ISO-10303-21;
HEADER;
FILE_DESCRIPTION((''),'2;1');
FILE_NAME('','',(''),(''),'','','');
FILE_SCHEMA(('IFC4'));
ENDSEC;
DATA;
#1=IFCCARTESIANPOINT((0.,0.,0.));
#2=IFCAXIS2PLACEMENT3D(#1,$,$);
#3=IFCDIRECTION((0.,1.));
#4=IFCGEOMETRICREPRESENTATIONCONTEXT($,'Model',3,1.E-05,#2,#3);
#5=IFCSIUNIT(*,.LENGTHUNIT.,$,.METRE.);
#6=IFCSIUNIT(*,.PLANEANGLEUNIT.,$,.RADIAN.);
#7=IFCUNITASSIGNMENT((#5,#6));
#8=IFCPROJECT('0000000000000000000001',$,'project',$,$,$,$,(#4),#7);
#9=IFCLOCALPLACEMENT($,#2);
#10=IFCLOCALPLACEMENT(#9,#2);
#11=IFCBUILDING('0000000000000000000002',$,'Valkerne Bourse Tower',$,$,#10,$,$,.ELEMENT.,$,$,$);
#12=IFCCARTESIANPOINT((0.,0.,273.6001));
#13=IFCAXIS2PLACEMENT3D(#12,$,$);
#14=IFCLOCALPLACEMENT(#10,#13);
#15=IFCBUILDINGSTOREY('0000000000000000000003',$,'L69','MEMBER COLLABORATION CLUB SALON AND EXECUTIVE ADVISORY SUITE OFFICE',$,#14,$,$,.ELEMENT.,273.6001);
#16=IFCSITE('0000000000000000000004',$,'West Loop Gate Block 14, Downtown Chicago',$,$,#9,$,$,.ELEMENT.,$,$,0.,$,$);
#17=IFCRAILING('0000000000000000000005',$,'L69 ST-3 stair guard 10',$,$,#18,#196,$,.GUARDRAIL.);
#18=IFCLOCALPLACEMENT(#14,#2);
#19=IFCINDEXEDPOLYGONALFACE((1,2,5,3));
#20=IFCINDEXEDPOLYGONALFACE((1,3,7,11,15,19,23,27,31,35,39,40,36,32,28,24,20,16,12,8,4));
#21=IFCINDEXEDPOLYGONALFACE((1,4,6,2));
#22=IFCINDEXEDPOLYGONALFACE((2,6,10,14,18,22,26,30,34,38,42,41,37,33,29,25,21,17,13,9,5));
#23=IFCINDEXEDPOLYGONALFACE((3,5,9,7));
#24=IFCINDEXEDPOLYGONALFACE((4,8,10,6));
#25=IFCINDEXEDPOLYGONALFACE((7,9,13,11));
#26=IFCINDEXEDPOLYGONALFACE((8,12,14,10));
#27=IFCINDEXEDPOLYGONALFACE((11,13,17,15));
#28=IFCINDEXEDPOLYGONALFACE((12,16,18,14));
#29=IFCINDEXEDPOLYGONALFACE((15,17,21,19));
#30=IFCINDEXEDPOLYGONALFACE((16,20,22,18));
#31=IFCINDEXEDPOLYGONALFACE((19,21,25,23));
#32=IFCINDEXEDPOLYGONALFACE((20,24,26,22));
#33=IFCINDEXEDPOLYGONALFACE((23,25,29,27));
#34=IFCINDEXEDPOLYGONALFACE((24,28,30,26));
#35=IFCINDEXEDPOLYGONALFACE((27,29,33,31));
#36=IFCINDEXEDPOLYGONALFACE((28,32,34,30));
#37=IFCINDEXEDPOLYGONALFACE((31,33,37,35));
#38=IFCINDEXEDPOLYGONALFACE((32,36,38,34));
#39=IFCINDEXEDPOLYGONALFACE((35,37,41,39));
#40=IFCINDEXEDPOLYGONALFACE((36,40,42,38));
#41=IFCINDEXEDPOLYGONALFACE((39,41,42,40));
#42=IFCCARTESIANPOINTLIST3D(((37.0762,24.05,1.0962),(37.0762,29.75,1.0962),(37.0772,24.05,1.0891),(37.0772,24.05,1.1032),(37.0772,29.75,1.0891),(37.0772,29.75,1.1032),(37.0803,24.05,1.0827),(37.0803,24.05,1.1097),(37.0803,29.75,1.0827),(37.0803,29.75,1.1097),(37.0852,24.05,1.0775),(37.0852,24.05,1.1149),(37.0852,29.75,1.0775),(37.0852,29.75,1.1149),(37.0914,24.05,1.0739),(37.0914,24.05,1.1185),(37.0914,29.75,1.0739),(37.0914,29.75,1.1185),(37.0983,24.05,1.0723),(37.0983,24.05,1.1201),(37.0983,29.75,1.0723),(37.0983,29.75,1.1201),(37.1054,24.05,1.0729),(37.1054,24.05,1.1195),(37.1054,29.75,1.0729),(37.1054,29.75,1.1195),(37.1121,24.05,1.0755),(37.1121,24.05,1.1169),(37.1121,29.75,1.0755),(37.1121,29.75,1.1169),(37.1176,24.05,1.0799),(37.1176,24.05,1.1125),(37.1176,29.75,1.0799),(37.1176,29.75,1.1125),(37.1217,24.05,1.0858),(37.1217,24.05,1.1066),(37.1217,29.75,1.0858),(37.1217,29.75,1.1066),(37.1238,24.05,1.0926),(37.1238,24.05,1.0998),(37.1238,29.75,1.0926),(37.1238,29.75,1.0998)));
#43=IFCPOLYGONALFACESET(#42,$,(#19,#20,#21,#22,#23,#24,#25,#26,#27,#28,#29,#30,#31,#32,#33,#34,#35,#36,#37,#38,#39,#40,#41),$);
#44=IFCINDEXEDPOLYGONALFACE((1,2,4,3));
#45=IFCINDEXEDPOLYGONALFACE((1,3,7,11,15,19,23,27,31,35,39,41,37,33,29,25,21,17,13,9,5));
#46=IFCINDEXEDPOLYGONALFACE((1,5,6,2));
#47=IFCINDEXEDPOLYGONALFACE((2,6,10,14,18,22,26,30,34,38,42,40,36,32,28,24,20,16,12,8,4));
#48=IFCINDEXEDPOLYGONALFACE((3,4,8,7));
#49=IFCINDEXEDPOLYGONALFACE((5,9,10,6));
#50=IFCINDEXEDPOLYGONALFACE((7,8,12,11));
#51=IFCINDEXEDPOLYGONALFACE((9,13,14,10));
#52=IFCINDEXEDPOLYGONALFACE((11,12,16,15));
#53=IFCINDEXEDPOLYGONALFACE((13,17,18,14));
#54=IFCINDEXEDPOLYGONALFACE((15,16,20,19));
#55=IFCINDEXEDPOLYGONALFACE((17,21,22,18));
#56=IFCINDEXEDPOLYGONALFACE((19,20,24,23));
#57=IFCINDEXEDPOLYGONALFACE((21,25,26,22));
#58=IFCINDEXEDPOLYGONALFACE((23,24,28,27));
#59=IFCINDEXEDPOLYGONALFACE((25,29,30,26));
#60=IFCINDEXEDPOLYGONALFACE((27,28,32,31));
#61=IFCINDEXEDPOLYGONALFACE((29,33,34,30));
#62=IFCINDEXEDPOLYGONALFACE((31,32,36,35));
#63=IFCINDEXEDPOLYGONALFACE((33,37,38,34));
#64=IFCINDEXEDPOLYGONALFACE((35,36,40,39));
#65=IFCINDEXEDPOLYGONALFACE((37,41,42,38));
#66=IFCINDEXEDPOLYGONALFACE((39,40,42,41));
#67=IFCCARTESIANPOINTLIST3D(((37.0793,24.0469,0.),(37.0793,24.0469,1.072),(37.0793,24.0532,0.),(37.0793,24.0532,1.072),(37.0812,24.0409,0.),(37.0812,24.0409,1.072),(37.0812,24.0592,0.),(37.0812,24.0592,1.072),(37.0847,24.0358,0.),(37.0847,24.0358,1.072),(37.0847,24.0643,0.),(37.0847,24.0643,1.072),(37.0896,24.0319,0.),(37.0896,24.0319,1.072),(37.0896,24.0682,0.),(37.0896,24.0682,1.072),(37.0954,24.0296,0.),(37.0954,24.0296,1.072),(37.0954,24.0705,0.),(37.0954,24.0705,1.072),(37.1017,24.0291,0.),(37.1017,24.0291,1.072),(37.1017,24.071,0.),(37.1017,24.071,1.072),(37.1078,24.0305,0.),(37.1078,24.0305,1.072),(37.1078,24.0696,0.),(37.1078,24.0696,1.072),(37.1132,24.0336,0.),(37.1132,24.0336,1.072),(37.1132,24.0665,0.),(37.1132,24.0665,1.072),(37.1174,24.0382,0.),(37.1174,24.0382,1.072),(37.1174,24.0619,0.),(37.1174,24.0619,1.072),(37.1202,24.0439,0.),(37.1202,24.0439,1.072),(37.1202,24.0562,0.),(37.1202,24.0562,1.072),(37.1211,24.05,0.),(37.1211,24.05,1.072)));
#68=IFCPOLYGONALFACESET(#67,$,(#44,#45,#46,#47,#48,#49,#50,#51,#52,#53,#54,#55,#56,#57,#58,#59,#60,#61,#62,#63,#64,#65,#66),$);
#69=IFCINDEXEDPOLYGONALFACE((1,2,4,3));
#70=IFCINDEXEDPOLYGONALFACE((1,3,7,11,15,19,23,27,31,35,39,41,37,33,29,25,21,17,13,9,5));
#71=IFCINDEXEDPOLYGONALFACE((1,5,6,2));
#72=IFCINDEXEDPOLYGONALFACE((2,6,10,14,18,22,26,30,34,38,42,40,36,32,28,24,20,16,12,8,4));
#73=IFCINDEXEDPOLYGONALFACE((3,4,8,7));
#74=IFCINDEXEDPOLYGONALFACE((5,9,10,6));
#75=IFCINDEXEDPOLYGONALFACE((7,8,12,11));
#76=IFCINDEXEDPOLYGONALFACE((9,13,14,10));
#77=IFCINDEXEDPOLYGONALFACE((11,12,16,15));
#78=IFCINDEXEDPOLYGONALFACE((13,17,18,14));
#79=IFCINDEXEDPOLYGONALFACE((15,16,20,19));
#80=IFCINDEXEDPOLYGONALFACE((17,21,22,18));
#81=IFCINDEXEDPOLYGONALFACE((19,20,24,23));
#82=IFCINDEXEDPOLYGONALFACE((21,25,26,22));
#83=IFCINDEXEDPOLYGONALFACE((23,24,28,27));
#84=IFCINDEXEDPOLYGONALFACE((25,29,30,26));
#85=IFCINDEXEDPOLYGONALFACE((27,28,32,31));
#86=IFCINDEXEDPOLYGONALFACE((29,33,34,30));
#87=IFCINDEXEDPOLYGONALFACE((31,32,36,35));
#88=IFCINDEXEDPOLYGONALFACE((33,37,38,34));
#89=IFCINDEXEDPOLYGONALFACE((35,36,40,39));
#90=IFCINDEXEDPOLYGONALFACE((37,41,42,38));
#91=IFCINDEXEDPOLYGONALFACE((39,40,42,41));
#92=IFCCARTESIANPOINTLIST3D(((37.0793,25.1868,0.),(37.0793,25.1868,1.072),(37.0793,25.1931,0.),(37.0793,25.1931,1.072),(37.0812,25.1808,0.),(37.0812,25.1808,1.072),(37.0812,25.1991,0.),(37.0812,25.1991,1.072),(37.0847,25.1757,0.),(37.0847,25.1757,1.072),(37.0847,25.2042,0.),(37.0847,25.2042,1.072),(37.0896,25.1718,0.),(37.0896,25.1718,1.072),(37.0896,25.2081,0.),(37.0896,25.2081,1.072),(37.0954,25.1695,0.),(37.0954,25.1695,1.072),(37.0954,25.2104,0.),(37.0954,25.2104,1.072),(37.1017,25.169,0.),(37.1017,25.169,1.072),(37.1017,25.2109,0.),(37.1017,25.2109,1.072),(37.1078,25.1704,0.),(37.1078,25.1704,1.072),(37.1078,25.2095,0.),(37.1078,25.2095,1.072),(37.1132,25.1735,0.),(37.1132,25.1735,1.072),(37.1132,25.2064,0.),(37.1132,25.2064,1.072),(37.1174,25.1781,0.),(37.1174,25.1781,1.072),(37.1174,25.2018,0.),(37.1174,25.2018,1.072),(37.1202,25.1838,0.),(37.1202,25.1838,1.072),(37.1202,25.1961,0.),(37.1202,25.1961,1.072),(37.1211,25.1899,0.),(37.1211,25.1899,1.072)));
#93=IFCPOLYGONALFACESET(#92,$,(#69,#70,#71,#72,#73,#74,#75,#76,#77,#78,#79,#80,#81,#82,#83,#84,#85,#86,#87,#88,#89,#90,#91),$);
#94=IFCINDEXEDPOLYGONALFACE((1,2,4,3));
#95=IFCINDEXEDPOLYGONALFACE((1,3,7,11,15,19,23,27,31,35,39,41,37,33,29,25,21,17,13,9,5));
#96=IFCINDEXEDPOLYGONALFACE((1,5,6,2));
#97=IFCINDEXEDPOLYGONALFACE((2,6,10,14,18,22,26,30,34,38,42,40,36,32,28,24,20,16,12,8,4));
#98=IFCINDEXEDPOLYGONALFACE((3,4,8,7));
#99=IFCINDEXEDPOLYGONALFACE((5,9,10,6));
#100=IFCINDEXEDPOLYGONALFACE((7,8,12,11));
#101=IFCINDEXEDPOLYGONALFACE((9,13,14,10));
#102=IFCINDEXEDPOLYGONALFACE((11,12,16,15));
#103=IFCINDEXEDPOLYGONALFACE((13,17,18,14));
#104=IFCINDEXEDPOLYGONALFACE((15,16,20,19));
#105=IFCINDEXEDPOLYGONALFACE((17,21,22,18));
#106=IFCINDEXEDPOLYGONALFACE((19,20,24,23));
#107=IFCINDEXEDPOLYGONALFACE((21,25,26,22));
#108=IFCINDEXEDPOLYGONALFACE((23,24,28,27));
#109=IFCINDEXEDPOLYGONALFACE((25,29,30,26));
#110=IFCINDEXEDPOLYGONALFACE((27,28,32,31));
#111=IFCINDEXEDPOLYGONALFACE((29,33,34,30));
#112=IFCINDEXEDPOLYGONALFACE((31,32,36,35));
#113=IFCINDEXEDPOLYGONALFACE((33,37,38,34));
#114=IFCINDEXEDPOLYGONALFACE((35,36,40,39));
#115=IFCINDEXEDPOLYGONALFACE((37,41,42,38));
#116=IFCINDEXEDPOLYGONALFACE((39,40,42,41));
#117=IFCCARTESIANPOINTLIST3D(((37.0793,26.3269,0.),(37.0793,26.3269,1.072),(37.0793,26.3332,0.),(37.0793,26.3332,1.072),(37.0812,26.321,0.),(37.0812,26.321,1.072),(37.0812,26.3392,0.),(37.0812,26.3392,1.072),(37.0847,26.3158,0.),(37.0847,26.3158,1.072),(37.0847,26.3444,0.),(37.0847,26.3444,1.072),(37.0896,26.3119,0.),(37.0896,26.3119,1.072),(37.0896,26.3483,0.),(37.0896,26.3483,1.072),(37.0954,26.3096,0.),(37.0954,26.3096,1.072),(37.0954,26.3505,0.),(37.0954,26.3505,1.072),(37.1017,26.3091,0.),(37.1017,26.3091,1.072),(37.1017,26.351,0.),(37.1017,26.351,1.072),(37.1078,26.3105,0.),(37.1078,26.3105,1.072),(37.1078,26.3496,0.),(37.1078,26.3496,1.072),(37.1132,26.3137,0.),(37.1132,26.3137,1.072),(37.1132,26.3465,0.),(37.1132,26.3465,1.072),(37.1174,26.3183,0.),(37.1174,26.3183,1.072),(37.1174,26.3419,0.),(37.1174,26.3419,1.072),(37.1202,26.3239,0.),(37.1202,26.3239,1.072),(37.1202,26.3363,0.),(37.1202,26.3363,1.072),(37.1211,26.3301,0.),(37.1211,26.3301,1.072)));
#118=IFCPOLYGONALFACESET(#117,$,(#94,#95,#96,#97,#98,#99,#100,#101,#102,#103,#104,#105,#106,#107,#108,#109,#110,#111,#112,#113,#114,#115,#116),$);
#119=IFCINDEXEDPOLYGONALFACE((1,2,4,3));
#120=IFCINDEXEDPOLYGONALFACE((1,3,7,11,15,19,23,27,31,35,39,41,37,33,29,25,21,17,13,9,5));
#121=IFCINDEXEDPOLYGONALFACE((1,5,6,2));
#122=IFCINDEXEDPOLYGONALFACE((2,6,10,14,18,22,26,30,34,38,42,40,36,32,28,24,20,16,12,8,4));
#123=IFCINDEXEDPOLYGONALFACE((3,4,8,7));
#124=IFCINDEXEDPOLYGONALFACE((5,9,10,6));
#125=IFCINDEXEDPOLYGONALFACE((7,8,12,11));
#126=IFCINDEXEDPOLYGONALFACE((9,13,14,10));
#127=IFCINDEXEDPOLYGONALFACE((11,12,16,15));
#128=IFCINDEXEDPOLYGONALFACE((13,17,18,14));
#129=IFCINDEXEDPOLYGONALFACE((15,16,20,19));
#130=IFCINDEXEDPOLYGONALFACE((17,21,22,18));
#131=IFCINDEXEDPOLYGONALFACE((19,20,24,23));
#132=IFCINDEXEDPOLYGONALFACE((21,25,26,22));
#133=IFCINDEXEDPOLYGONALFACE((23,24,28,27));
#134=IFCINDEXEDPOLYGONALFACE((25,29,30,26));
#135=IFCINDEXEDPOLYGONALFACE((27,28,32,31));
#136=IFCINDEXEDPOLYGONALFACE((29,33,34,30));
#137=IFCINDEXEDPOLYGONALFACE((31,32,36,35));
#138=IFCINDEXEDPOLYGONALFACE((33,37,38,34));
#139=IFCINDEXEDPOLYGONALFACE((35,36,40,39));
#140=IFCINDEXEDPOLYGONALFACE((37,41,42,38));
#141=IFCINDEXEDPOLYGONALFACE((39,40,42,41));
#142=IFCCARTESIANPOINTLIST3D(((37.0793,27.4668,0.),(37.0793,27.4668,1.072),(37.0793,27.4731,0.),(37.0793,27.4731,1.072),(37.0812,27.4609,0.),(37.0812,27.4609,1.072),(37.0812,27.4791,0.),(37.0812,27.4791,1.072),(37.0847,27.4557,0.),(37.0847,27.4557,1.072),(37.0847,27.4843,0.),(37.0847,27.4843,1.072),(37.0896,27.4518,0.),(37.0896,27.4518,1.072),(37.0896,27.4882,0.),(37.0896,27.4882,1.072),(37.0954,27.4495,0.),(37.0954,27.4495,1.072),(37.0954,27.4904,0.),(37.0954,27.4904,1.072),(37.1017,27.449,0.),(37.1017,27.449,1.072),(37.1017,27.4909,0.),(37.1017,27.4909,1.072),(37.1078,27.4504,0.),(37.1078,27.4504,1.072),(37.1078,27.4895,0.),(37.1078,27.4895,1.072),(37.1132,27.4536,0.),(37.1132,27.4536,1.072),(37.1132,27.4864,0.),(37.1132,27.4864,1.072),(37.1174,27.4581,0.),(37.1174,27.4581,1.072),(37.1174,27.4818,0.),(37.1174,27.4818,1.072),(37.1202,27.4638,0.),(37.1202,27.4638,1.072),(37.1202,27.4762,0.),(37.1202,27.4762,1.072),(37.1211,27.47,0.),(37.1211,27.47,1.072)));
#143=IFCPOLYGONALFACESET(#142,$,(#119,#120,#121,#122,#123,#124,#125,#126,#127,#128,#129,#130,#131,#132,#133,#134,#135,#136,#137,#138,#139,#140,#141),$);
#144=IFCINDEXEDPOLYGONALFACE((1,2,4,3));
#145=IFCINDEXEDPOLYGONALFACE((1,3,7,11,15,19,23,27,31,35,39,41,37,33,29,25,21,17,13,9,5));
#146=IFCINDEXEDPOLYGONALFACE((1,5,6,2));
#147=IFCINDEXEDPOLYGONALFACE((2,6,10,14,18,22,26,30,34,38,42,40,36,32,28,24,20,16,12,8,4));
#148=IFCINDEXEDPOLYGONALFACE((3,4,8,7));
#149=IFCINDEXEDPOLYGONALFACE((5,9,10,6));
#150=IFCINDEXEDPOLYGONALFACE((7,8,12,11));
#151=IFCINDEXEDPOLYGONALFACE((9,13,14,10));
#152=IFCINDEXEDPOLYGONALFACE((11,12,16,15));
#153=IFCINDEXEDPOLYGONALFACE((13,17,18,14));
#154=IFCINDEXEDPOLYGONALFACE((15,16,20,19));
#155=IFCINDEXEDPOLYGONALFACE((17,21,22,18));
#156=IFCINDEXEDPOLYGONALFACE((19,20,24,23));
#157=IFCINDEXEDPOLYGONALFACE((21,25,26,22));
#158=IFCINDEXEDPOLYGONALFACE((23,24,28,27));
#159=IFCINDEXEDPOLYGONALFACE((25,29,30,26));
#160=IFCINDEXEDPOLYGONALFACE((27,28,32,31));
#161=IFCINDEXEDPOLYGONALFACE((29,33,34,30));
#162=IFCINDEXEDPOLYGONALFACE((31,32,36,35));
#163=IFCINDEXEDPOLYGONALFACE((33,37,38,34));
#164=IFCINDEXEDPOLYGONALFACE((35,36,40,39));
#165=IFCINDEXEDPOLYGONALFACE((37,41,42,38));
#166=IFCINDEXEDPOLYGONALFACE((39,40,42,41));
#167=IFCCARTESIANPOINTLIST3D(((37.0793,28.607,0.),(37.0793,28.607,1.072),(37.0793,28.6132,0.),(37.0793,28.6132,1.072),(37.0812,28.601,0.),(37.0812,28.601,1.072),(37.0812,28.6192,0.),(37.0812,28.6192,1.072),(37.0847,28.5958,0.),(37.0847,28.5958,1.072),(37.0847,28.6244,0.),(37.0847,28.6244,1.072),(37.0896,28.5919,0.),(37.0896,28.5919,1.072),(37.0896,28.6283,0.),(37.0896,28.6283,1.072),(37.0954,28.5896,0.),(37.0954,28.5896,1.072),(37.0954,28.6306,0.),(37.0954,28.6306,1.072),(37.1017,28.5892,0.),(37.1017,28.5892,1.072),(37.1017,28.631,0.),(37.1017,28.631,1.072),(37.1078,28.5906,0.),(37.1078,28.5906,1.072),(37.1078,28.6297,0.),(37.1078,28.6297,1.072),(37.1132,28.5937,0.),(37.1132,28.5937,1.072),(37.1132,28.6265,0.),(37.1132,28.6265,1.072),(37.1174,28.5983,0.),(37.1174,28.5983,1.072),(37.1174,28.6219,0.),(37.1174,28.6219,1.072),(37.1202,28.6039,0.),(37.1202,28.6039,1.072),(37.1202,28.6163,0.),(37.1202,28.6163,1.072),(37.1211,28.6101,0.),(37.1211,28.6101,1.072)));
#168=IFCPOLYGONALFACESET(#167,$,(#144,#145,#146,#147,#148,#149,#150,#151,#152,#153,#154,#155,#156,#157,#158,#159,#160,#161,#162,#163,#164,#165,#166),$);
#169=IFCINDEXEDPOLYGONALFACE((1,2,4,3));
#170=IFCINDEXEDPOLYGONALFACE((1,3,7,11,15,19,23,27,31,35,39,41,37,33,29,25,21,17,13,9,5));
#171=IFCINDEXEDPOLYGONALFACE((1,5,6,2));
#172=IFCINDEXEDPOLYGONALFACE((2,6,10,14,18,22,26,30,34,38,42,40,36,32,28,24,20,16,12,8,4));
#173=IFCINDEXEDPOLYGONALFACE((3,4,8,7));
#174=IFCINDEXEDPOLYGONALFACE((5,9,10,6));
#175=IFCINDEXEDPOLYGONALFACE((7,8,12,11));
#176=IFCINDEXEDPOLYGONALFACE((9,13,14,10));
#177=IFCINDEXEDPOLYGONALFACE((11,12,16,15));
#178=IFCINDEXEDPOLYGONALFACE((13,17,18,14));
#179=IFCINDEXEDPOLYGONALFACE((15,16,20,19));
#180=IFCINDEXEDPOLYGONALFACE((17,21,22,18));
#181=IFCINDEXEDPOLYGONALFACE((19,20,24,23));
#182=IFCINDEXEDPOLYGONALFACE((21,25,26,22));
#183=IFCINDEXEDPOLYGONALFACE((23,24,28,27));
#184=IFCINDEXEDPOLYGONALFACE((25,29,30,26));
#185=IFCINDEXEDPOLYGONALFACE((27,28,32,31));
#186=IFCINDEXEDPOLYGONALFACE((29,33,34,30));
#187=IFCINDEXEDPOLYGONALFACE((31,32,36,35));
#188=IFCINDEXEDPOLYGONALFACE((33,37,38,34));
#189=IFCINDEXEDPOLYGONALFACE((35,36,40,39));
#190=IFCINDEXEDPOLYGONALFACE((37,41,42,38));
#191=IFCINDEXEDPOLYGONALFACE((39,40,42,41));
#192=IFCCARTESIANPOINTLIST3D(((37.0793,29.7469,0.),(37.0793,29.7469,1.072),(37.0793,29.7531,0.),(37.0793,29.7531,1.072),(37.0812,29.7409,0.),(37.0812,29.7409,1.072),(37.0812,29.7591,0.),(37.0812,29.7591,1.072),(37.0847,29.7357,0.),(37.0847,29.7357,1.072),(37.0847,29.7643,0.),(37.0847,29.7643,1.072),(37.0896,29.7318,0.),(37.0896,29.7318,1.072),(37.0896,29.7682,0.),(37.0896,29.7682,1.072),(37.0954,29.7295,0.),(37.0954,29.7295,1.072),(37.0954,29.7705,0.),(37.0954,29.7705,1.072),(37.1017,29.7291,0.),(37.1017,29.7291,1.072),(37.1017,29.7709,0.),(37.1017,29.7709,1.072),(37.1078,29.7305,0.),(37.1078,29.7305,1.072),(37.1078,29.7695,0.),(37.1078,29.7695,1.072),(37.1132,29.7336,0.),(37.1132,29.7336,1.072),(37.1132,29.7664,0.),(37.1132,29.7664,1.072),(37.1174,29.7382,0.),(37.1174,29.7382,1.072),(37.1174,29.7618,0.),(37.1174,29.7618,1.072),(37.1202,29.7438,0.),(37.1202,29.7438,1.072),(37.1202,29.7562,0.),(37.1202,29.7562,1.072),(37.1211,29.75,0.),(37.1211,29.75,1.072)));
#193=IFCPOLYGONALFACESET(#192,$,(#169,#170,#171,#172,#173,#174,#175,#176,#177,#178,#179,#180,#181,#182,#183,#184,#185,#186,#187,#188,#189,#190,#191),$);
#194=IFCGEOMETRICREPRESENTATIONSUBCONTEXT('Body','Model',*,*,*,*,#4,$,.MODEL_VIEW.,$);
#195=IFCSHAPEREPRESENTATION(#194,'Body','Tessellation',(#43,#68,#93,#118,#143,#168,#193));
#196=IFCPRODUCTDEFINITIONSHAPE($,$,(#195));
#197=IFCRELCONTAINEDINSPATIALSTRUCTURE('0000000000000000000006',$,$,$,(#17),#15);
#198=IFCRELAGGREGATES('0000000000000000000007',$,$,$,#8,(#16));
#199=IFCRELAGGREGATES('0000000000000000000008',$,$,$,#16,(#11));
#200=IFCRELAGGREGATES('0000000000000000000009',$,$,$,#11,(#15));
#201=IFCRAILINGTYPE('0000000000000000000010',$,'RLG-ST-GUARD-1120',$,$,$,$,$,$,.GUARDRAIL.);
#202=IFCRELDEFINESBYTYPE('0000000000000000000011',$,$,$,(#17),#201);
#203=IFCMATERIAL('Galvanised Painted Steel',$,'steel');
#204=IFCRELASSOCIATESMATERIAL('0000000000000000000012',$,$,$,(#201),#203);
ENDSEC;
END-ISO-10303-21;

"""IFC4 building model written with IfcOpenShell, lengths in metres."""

from ifc_helpers import new_model, si_unit, direction, frame, origin, origin_2d, place, context, subcontext, project, spatial, circle, extrude, material, type_object, element, save


model = new_model("IFC4")

# Units and contexts
model_context = context("Model", 3, precision=1e-05, world=origin(), true_north=direction((0.0, 1.0)))
body_context = subcontext(model_context, "Body", "Model", "MODEL_VIEW")
ifc_project = project(units=[si_unit("LENGTHUNIT", "METRE"), si_unit("PLANEANGLEUNIT", "RADIAN")], contexts=[model_context])

# Site, building, storey
site_placement = place(None, origin())
site = spatial("IfcSite", under=ifc_project, at=site_placement, Name="West Loop Gate Block 14, Downtown Chicago", CompositionType="ELEMENT", RefElevation=0.0)
building_placement = place(site_placement, origin())
building = spatial("IfcBuilding", under=site, at=building_placement, Name="Valkerne Bourse Tower", CompositionType="ELEMENT")
storey_placement = place(building_placement, frame((0.0, 0.0, 273.6001)))
storey = spatial("IfcBuildingStorey", under=building, at=storey_placement, Name="L69", Description="MEMBER COLLABORATION CLUB SALON AND EXECUTIVE ADVISORY SUITE OFFICE", CompositionType="ELEMENT", Elevation=273.6001)

# Railing
ifc_material_1 = material(Name="Galvanised Painted Steel", Category="steel")
railing_type_1 = type_object("IfcRailingType", Name="RLG-ST-GUARD-1120", PredefinedType="GUARDRAIL", material=ifc_material_1)
railing_1_placement = place(storey_placement, frame((37.1001, 24.05, 0.0)))
element("IfcRailing", 1, at=railing_1_placement, inside=storey, type_object=railing_type_1, Name="L69 ST-3 stair guard 10", PredefinedType="GUARDRAIL", context=body_context, shape_type="SweptSolid", body=[
    extrude(circle(Radius=0.0239, at=origin_2d()), frame((0.0, 0.0, 1.0962), z_axis=(0.0, 1.0, 0.0), x_axis=(-1.0, 0.0, 0.0)), (0.0, 0.0, 1.0), 5.7),
    extrude(circle(Radius=0.021, at=origin_2d()), origin(), (0.0, 0.0, 1.0), 1.072),
    extrude(circle(Radius=0.021, at=origin_2d()), frame((0.0, 1.1399, 0.0)), (0.0, 0.0, 1.0), 1.072),
    extrude(circle(Radius=0.021, at=origin_2d()), frame((0.0, 2.28, 0.0)), (0.0, 0.0, 1.0), 1.072),
    extrude(circle(Radius=0.021, at=origin_2d()), frame((0.0, 3.4199, 0.0)), (0.0, 0.0, 1.0), 1.072),
    extrude(circle(Radius=0.021, at=origin_2d()), frame((0.0, 4.5601, 0.0)), (0.0, 0.0, 1.0), 1.072),
    extrude(circle(Radius=0.021, at=origin_2d()), frame((0.0, 5.7, 0.0)), (0.0, 0.0, 1.0), 1.072),
])

save(model, "model.ifc")
